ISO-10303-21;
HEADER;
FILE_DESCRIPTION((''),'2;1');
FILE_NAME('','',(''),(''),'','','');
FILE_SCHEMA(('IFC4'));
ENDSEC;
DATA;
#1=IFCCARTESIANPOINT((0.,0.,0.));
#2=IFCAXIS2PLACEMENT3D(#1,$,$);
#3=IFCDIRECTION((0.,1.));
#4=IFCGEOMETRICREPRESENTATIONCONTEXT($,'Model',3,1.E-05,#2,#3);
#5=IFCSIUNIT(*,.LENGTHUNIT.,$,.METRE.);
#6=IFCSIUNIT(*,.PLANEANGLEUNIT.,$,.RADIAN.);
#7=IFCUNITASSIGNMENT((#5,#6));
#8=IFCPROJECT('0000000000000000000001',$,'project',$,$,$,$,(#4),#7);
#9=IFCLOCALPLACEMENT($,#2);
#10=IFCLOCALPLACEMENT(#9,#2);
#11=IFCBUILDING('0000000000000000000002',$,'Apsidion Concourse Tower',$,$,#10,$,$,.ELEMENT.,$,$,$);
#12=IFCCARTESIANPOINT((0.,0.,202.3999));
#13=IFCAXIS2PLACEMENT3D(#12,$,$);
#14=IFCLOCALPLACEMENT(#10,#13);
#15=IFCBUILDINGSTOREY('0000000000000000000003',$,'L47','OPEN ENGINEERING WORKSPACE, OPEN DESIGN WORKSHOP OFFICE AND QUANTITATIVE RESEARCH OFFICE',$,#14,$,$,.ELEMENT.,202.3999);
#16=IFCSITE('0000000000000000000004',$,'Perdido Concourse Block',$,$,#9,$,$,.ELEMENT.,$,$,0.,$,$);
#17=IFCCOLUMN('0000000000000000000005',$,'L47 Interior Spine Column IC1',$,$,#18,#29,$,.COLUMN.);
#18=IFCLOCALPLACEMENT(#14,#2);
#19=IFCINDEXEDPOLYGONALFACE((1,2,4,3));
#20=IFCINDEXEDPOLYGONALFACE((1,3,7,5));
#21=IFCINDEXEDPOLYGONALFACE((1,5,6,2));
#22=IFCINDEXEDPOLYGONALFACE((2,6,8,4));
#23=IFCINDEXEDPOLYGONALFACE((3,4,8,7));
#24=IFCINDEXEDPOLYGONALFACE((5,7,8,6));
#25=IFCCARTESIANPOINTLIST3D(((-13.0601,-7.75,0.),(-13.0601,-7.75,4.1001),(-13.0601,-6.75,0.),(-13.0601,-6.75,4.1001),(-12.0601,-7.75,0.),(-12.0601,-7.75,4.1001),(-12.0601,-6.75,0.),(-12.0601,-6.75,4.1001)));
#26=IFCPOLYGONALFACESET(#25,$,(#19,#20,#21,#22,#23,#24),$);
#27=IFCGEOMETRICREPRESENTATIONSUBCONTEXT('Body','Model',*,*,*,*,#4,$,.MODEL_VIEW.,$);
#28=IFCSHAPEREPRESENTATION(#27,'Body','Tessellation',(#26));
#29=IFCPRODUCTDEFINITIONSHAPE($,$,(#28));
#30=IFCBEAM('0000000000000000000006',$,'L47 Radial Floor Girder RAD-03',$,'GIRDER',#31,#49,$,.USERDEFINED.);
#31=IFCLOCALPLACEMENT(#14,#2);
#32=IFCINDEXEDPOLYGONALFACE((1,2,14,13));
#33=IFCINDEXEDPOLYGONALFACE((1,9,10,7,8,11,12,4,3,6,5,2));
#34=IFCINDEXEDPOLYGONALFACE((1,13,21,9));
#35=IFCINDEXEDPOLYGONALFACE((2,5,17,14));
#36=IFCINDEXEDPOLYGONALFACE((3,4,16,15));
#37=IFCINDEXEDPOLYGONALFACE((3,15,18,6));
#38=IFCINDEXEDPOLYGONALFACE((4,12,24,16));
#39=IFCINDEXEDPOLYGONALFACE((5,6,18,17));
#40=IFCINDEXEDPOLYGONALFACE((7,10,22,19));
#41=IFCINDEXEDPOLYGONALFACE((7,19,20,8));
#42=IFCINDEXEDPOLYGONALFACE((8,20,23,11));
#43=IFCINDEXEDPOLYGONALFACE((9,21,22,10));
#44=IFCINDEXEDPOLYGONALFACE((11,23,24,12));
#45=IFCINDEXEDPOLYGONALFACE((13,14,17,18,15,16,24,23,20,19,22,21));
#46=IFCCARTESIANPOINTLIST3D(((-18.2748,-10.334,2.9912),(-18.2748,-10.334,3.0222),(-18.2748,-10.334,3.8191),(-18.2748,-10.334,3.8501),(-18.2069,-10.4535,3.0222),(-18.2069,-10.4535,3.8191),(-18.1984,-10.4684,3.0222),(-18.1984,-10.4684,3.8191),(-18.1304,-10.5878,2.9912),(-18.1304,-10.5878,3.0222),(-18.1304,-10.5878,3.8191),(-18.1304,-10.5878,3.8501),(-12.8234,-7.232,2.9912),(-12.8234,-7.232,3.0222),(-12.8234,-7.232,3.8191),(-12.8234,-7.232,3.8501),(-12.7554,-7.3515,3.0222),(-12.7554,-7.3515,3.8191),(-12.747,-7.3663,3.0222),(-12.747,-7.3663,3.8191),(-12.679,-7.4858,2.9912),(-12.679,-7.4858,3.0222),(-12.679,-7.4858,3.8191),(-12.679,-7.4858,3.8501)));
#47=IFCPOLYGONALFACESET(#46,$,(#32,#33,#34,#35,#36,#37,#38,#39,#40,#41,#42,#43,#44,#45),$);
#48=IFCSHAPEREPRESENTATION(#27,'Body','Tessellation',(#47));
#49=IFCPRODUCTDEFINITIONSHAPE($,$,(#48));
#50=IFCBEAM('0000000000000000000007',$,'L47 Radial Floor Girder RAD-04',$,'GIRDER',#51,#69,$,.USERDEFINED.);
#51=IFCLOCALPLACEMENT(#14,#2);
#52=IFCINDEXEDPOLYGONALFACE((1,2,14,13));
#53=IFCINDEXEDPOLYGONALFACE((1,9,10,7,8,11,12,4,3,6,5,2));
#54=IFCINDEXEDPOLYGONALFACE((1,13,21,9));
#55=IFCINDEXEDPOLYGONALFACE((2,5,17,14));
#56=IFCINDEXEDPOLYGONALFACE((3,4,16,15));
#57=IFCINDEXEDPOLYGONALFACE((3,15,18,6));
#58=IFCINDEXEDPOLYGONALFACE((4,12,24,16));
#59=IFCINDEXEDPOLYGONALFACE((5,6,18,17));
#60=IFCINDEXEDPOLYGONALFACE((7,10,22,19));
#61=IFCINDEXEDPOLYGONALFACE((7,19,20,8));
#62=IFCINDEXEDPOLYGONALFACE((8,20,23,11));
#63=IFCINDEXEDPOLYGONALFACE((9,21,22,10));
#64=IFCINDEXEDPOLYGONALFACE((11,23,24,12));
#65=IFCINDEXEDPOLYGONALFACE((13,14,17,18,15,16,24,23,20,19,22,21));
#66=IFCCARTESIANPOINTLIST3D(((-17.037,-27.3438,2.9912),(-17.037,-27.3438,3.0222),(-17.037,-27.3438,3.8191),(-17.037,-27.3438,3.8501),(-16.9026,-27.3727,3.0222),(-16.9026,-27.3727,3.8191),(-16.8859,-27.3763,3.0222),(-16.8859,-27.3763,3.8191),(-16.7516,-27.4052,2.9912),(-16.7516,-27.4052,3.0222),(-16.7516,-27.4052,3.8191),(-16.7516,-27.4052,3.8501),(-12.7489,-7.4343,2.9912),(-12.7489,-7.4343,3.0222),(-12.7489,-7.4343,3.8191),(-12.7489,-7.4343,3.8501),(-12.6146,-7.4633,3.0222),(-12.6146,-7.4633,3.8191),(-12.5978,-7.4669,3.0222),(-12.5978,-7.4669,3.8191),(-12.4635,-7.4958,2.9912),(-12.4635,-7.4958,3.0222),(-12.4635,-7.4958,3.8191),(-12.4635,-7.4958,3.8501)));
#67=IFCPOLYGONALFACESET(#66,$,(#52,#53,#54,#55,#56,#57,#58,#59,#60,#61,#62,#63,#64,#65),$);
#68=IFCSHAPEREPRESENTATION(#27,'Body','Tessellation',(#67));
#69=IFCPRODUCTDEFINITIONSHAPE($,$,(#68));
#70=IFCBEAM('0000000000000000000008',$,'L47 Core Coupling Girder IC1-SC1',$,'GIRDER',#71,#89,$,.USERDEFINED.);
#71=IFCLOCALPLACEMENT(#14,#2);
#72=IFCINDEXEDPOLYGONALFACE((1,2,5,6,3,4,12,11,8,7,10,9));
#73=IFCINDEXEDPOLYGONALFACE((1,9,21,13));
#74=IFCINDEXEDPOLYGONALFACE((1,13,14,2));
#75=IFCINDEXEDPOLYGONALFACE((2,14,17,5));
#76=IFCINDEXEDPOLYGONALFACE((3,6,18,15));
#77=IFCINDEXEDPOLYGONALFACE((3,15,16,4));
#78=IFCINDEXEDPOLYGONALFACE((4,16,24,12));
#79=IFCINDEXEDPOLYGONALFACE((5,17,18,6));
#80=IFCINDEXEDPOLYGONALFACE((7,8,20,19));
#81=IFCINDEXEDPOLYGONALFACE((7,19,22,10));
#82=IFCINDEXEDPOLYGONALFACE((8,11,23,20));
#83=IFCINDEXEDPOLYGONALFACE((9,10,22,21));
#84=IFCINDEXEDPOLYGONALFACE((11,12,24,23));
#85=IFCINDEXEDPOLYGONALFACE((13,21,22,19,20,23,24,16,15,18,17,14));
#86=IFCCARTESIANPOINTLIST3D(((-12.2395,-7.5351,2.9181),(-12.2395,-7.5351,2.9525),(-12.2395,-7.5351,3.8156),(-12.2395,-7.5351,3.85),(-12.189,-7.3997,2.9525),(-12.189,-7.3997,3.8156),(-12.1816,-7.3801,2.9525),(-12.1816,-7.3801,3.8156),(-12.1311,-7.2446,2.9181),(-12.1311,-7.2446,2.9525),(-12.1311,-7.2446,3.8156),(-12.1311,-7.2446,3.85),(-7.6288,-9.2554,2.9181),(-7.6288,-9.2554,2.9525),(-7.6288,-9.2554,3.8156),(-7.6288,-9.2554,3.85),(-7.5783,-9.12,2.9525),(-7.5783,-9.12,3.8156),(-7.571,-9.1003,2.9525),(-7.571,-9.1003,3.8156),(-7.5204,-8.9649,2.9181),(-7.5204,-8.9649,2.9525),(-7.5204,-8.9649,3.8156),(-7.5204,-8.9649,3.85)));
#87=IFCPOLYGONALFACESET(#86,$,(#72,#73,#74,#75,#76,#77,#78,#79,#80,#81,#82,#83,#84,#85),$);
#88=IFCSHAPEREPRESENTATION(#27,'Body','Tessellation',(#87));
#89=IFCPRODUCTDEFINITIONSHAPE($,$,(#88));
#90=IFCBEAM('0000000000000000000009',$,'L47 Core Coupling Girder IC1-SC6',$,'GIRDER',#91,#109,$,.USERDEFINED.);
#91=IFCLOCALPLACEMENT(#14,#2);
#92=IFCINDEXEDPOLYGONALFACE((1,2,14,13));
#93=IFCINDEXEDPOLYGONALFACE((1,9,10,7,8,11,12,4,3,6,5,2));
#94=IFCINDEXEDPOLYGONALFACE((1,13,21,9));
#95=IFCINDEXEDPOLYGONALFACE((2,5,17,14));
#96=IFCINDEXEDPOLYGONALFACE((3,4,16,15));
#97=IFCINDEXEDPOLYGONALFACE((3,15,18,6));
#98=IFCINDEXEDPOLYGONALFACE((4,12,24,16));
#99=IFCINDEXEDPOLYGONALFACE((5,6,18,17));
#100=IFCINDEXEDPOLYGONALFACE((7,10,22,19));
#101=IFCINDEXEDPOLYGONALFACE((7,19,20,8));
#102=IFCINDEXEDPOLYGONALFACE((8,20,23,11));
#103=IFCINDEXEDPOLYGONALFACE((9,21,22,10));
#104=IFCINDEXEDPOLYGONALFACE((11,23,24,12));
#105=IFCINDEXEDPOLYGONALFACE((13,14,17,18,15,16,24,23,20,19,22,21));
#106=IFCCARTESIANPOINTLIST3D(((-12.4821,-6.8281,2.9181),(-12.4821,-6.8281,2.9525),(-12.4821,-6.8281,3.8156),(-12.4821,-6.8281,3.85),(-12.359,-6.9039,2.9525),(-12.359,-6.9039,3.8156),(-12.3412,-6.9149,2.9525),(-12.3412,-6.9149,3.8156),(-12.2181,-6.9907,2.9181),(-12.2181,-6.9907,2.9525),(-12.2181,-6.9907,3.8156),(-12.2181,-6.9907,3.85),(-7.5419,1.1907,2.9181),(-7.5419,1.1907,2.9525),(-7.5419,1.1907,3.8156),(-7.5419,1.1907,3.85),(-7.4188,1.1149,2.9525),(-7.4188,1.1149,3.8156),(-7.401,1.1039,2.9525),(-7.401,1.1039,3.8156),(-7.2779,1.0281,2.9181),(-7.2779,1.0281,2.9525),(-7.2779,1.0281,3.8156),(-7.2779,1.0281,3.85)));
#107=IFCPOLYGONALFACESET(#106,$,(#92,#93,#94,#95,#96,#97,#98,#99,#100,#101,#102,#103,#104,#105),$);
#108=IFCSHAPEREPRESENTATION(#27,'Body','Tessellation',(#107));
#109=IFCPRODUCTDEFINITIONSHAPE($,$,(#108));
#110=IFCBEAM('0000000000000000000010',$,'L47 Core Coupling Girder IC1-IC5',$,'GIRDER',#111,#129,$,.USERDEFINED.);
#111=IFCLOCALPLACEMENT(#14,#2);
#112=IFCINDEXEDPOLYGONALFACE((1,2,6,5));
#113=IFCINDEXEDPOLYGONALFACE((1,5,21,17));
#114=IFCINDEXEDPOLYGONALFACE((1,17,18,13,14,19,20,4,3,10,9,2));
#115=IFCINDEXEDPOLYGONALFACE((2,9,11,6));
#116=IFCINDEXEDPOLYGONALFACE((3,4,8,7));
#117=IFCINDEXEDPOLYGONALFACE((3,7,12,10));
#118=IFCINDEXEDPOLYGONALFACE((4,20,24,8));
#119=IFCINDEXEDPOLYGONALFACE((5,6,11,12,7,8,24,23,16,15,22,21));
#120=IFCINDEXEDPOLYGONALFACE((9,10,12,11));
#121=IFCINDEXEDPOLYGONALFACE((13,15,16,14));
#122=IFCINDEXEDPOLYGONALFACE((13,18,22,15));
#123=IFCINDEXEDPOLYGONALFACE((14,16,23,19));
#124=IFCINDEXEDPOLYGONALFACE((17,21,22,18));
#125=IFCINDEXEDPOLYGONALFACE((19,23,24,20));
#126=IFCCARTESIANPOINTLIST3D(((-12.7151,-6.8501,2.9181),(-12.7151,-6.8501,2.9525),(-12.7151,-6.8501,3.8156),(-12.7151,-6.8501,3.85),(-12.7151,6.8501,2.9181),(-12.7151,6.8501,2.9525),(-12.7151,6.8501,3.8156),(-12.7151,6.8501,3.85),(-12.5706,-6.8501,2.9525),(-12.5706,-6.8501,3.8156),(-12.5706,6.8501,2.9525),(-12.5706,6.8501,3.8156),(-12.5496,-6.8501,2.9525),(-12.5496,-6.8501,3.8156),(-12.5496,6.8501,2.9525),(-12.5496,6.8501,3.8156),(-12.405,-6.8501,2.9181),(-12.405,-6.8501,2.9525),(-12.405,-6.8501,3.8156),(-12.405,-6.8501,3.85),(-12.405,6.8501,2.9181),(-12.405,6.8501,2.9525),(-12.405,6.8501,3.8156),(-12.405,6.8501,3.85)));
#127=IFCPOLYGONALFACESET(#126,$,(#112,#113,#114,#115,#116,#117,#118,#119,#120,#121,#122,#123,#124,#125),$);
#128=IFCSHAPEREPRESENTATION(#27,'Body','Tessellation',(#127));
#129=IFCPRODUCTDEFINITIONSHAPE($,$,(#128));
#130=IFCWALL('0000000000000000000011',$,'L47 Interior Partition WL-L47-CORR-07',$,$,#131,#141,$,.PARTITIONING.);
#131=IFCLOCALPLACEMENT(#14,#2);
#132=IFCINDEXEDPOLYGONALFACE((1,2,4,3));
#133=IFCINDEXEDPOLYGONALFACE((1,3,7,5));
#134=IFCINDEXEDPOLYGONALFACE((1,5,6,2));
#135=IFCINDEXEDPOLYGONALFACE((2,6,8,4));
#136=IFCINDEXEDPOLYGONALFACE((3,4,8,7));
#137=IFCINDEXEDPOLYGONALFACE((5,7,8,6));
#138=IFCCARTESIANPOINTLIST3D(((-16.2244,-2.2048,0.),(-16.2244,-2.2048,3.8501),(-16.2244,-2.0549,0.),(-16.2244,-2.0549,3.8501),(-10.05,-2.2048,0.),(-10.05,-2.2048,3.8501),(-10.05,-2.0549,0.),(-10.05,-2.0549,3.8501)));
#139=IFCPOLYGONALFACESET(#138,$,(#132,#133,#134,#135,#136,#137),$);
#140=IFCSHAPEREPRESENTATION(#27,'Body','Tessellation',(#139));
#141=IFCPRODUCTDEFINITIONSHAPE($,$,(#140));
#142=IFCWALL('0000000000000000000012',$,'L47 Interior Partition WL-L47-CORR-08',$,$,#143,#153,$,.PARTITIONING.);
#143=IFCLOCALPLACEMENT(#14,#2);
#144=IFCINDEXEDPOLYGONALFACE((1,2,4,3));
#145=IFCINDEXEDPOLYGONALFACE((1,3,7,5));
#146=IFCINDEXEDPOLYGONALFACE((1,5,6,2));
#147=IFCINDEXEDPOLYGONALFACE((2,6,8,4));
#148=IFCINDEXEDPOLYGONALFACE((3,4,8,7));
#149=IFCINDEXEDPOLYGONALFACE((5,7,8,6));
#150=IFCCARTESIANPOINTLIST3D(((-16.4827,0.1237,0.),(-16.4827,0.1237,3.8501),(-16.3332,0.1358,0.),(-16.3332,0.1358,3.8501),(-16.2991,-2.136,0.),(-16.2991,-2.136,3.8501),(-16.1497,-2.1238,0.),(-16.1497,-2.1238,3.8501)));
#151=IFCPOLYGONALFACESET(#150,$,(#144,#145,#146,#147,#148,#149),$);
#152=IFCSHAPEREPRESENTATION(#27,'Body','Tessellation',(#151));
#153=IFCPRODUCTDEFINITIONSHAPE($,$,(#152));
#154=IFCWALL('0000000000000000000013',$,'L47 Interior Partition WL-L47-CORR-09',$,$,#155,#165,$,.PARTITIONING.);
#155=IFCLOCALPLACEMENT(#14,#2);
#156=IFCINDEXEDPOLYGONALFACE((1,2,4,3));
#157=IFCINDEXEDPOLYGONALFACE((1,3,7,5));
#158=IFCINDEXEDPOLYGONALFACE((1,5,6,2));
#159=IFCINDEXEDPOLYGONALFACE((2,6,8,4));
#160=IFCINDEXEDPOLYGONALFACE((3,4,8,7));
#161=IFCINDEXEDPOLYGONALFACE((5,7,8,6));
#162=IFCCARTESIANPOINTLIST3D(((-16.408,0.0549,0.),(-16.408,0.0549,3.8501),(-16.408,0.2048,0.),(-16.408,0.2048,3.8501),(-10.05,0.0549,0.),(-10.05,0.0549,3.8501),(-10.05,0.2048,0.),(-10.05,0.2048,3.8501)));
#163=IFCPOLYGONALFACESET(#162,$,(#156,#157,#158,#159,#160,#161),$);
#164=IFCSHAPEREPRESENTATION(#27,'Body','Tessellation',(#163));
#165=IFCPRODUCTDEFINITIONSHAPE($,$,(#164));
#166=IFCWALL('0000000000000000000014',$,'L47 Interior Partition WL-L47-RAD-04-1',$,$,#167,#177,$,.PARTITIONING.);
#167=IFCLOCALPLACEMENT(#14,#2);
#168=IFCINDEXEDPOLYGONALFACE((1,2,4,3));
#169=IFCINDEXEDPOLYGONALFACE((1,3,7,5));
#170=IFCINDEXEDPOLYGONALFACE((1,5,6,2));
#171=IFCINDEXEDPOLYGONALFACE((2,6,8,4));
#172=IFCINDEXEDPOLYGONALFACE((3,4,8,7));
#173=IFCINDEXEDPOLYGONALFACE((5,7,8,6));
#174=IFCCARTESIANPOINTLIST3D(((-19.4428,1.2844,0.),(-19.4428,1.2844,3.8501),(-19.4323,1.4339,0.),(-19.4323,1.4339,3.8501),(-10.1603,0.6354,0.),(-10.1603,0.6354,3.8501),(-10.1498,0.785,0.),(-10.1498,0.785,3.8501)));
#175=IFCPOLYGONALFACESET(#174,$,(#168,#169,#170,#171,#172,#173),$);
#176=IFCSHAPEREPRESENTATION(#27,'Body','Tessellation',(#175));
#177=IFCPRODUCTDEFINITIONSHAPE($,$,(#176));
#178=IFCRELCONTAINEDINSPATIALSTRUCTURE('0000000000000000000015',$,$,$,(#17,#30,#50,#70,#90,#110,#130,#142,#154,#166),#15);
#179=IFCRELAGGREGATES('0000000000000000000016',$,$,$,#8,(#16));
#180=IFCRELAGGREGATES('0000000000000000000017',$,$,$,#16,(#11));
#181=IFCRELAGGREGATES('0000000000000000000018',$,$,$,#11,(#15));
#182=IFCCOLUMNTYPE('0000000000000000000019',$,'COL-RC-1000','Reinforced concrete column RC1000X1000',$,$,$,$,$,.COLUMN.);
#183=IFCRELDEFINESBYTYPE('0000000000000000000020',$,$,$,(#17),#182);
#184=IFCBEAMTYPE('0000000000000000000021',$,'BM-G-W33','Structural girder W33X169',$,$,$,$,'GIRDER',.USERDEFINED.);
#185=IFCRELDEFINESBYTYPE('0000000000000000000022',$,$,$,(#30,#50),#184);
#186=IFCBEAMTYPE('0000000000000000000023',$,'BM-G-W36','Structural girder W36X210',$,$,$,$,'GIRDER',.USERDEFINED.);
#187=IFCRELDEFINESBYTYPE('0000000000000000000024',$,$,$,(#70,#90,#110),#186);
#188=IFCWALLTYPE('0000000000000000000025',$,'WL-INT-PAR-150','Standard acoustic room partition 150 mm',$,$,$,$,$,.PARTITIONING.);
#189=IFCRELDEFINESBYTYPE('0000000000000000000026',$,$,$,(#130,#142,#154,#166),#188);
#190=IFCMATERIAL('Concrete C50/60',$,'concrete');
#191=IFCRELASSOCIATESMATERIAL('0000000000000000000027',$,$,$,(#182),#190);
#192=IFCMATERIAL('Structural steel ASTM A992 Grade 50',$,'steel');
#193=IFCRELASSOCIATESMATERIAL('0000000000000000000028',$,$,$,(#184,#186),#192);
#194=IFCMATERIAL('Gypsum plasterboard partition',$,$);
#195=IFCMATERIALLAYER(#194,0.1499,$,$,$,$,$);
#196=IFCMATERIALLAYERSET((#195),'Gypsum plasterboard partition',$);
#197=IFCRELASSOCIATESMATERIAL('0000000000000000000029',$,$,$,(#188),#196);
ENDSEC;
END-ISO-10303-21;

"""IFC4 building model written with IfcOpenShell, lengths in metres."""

from ifc_helpers import new_model, si_unit, direction, frame, frame_2d, origin, origin_2d, place, context, subcontext, project, spatial, rectangle, i_section, extrude, material, layer, layer_set, material_profile, profile_set, type_object, element, save


model = new_model("IFC4")

# Units and contexts
model_context = context("Model", 3, precision=1e-05, world=origin(), true_north=direction((0.0, 1.0)))
body_context = subcontext(model_context, "Body", "Model", "MODEL_VIEW")
ifc_project = project(units=[si_unit("LENGTHUNIT", "METRE"), si_unit("PLANEANGLEUNIT", "RADIAN")], contexts=[model_context])

# Site, building, storey
site_placement = place(None, origin())
site = spatial("IfcSite", under=ifc_project, at=site_placement, Name="Perdido Concourse Block", CompositionType="ELEMENT", RefElevation=0.0)
building_placement = place(site_placement, origin())
building = spatial("IfcBuilding", under=site, at=building_placement, Name="Apsidion Concourse Tower", CompositionType="ELEMENT")
storey_placement = place(building_placement, frame((0.0, 0.0, 202.3999)))
storey = spatial("IfcBuildingStorey", under=building, at=storey_placement, Name="L47", Description="OPEN ENGINEERING WORKSPACE, OPEN DESIGN WORKSHOP OFFICE AND QUANTITATIVE RESEARCH OFFICE", CompositionType="ELEMENT", Elevation=202.3999)

# Column
ifc_material_1 = material(Name="Concrete C50/60", Category="concrete")
ifc_material_profile_1 = material_profile(ifc_material_1, rectangle(XDim=1.0, YDim=1.0, at=origin_2d()), Name="RC 1000x1000")
ifc_profile_set_1 = profile_set([ifc_material_profile_1], Name="Concrete C50/60")
column_type = type_object("IfcColumnType", Name="COL-RC-1000", Description="Reinforced concrete column RC1000X1000", PredefinedType="COLUMN", material=ifc_profile_set_1)
column_placement = place(storey_placement, frame((-12.5601, -7.25, 0.0), z_axis=(0.0, 0.0, 1.0), x_axis=(1.0, 0.0, 0.0)))
element("IfcColumn", 1, at=column_placement, inside=storey, type_object=column_type, Name="L47 Interior Spine Column IC1", PredefinedType="COLUMN", context=body_context, shape_type="SweptSolid", body=[
    extrude(rectangle(XDim=1.0, YDim=1.0, at=origin_2d()), origin(), (0.0, 0.0, 1.0), 4.1001),
])

# Beams
ifc_material_2 = material(Name="Structural steel ASTM A992 Grade 50", Category="steel")
ifc_material_profile_2 = material_profile(ifc_material_2, i_section(OverallWidth=0.292, OverallDepth=0.8589, WebThickness=0.0171, FlangeThickness=0.031, at=origin_2d()), Name="W33X169")
ifc_profile_set_2 = profile_set([ifc_material_profile_2], Name="Structural steel ASTM A992 Grade 50")
beam_type_1 = type_object("IfcBeamType", Name="BM-G-W33", Description="Structural girder W33X169", ElementType="GIRDER", PredefinedType="USERDEFINED", material=ifc_profile_set_2)
beam_1_placement = place(storey_placement, frame((-12.7512, -7.3589, 3.4207), z_axis=(-0.869138, -0.49457, 0.0), x_axis=(0.49457, -0.869138, 0.0)))
element("IfcBeam", 2, at=beam_1_placement, inside=storey, type_object=beam_type_1, Name="L47 Radial Floor Girder RAD-03", ObjectType="GIRDER", PredefinedType="USERDEFINED", context=body_context, shape_type="SweptSolid", body=[
    extrude(i_section(OverallWidth=0.292, OverallDepth=0.8589, WebThickness=0.0171, FlangeThickness=0.031, at=origin_2d()), origin(), (0.0, 0.0, 1.0), 6.2722),
])
beam_2_placement = place(storey_placement, frame((-12.6062, -7.4651, 3.4207), z_axis=(-0.210551, -0.977583, 0.0), x_axis=(0.977583, -0.210551, 0.0)))
element("IfcBeam", 3, at=beam_2_placement, inside=storey, type_object=beam_type_1, Name="L47 Radial Floor Girder RAD-04", ObjectType="GIRDER", PredefinedType="USERDEFINED", context=body_context, shape_type="SweptSolid", body=[
    extrude(i_section(OverallWidth=0.292, OverallDepth=0.8589, WebThickness=0.0171, FlangeThickness=0.031, at=origin_2d()), origin(), (0.0, 0.0, 1.0), 20.366),
])
ifc_material_profile_3 = material_profile(ifc_material_2, i_section(OverallWidth=0.3101, OverallDepth=0.9319, WebThickness=0.021, FlangeThickness=0.0344, at=origin_2d()), Name="W36X210")
ifc_profile_set_3 = profile_set([ifc_material_profile_3], Name="Structural steel ASTM A992 Grade 50")
beam_type_2 = type_object("IfcBeamType", Name="BM-G-W36", Description="Structural girder W36X210", ElementType="GIRDER", PredefinedType="USERDEFINED", material=ifc_profile_set_3)
beam_3_placement = place(storey_placement, frame((-12.1853, -7.3899, 3.384), z_axis=(0.936913, -0.349563, 0.0), x_axis=(0.349563, 0.936913, 0.0)))
element("IfcBeam", 4, at=beam_3_placement, inside=storey, type_object=beam_type_2, Name="L47 Core Coupling Girder IC1-SC1", ObjectType="GIRDER", PredefinedType="USERDEFINED", context=body_context, shape_type="SweptSolid", body=[
    extrude(i_section(OverallWidth=0.3101, OverallDepth=0.9319, WebThickness=0.021, FlangeThickness=0.0344, at=origin_2d()), origin(), (0.0, 0.0, 1.0), 4.9211),
])
beam_4_placement = place(storey_placement, frame((-12.3501, -6.9094, 3.384), z_axis=(0.524524, 0.851396, 0.0), x_axis=(-0.851396, 0.524524, 0.0)))
element("IfcBeam", 5, at=beam_4_placement, inside=storey, type_object=beam_type_2, Name="L47 Core Coupling Girder IC1-SC6", ObjectType="GIRDER", PredefinedType="USERDEFINED", context=body_context, shape_type="SweptSolid", body=[
    extrude(i_section(OverallWidth=0.3101, OverallDepth=0.9319, WebThickness=0.021, FlangeThickness=0.0344, at=origin_2d()), origin(), (0.0, 0.0, 1.0), 9.4185),
])
beam_5_placement = place(storey_placement, frame((-12.5601, -6.8501, 3.384), z_axis=(0.0, 1.0, 0.0), x_axis=(-1.0, 0.0, 0.0)))
element("IfcBeam", 6, at=beam_5_placement, inside=storey, type_object=beam_type_2, Name="L47 Core Coupling Girder IC1-IC5", ObjectType="GIRDER", PredefinedType="USERDEFINED", context=body_context, shape_type="SweptSolid", body=[
    extrude(i_section(OverallWidth=0.3101, OverallDepth=0.9319, WebThickness=0.021, FlangeThickness=0.0344, at=origin_2d()), origin(), (0.0, 0.0, 1.0), 13.7002),
])

# Walls
ifc_material_3 = material(Name="Gypsum plasterboard partition")
ifc_layer = layer(ifc_material_3, 0.1499)
ifc_layer_set = layer_set([ifc_layer], Name="Gypsum plasterboard partition")
wall_type = type_object("IfcWallType", Name="WL-INT-PAR-150", Description="Standard acoustic room partition 150 mm", PredefinedType="PARTITIONING", material=ifc_layer_set)
wall_1_placement = place(storey_placement, frame((-10.05, -2.1299, 0.0), z_axis=(0.0, 0.0, 1.0), x_axis=(-1.0, 0.0, 0.0)))
element("IfcWall", 7, at=wall_1_placement, inside=storey, type_object=wall_type, Name="L47 Interior Partition WL-L47-CORR-07", PredefinedType="PARTITIONING", context=body_context, shape_type="SweptSolid", body=[
    extrude(rectangle(XDim=6.1743, YDim=0.1499, at=frame_2d((3.0872, 0.0))), origin(), (0.0, 0.0, 1.0), 3.8501),
])
wall_2_placement = place(storey_placement, frame((-16.2244, -2.1299, 0.0), z_axis=(0.0, 0.0, 1.0), x_axis=(-0.080978, 0.996716, 0.0)))
element("IfcWall", 8, at=wall_2_placement, inside=storey, type_object=wall_type, Name="L47 Interior Partition WL-L47-CORR-08", PredefinedType="PARTITIONING", context=body_context, shape_type="SweptSolid", body=[
    extrude(rectangle(XDim=2.2671, YDim=0.1499, at=frame_2d((1.1335, 0.0))), origin(), (0.0, 0.0, 1.0), 3.8501),
])
wall_3_placement = place(storey_placement, frame((-16.408, 0.1299, 0.0), z_axis=(0.0, 0.0, 1.0), x_axis=(1.0, 0.0, 0.0)))
element("IfcWall", 9, at=wall_3_placement, inside=storey, type_object=wall_type, Name="L47 Interior Partition WL-L47-CORR-09", PredefinedType="PARTITIONING", context=body_context, shape_type="SweptSolid", body=[
    extrude(rectangle(XDim=6.3579, YDim=0.1499, at=frame_2d((3.179, 0.0))), origin(), (0.0, 0.0, 1.0), 3.8501),
])
wall_4_placement = place(storey_placement, frame((-10.155, 0.7102, 0.0), z_axis=(0.0, 0.0, 1.0), x_axis=(-0.997565, 0.069739, 0.0)))
element("IfcWall", 10, at=wall_4_placement, inside=storey, type_object=wall_type, Name="L47 Interior Partition WL-L47-RAD-04-1", PredefinedType="PARTITIONING", context=body_context, shape_type="SweptSolid", body=[
    extrude(rectangle(XDim=9.3052, YDim=0.1499, at=frame_2d((4.6526, 0.0))), origin(), (0.0, 0.0, 1.0), 3.8501),
])

save(model, "model.ifc")
